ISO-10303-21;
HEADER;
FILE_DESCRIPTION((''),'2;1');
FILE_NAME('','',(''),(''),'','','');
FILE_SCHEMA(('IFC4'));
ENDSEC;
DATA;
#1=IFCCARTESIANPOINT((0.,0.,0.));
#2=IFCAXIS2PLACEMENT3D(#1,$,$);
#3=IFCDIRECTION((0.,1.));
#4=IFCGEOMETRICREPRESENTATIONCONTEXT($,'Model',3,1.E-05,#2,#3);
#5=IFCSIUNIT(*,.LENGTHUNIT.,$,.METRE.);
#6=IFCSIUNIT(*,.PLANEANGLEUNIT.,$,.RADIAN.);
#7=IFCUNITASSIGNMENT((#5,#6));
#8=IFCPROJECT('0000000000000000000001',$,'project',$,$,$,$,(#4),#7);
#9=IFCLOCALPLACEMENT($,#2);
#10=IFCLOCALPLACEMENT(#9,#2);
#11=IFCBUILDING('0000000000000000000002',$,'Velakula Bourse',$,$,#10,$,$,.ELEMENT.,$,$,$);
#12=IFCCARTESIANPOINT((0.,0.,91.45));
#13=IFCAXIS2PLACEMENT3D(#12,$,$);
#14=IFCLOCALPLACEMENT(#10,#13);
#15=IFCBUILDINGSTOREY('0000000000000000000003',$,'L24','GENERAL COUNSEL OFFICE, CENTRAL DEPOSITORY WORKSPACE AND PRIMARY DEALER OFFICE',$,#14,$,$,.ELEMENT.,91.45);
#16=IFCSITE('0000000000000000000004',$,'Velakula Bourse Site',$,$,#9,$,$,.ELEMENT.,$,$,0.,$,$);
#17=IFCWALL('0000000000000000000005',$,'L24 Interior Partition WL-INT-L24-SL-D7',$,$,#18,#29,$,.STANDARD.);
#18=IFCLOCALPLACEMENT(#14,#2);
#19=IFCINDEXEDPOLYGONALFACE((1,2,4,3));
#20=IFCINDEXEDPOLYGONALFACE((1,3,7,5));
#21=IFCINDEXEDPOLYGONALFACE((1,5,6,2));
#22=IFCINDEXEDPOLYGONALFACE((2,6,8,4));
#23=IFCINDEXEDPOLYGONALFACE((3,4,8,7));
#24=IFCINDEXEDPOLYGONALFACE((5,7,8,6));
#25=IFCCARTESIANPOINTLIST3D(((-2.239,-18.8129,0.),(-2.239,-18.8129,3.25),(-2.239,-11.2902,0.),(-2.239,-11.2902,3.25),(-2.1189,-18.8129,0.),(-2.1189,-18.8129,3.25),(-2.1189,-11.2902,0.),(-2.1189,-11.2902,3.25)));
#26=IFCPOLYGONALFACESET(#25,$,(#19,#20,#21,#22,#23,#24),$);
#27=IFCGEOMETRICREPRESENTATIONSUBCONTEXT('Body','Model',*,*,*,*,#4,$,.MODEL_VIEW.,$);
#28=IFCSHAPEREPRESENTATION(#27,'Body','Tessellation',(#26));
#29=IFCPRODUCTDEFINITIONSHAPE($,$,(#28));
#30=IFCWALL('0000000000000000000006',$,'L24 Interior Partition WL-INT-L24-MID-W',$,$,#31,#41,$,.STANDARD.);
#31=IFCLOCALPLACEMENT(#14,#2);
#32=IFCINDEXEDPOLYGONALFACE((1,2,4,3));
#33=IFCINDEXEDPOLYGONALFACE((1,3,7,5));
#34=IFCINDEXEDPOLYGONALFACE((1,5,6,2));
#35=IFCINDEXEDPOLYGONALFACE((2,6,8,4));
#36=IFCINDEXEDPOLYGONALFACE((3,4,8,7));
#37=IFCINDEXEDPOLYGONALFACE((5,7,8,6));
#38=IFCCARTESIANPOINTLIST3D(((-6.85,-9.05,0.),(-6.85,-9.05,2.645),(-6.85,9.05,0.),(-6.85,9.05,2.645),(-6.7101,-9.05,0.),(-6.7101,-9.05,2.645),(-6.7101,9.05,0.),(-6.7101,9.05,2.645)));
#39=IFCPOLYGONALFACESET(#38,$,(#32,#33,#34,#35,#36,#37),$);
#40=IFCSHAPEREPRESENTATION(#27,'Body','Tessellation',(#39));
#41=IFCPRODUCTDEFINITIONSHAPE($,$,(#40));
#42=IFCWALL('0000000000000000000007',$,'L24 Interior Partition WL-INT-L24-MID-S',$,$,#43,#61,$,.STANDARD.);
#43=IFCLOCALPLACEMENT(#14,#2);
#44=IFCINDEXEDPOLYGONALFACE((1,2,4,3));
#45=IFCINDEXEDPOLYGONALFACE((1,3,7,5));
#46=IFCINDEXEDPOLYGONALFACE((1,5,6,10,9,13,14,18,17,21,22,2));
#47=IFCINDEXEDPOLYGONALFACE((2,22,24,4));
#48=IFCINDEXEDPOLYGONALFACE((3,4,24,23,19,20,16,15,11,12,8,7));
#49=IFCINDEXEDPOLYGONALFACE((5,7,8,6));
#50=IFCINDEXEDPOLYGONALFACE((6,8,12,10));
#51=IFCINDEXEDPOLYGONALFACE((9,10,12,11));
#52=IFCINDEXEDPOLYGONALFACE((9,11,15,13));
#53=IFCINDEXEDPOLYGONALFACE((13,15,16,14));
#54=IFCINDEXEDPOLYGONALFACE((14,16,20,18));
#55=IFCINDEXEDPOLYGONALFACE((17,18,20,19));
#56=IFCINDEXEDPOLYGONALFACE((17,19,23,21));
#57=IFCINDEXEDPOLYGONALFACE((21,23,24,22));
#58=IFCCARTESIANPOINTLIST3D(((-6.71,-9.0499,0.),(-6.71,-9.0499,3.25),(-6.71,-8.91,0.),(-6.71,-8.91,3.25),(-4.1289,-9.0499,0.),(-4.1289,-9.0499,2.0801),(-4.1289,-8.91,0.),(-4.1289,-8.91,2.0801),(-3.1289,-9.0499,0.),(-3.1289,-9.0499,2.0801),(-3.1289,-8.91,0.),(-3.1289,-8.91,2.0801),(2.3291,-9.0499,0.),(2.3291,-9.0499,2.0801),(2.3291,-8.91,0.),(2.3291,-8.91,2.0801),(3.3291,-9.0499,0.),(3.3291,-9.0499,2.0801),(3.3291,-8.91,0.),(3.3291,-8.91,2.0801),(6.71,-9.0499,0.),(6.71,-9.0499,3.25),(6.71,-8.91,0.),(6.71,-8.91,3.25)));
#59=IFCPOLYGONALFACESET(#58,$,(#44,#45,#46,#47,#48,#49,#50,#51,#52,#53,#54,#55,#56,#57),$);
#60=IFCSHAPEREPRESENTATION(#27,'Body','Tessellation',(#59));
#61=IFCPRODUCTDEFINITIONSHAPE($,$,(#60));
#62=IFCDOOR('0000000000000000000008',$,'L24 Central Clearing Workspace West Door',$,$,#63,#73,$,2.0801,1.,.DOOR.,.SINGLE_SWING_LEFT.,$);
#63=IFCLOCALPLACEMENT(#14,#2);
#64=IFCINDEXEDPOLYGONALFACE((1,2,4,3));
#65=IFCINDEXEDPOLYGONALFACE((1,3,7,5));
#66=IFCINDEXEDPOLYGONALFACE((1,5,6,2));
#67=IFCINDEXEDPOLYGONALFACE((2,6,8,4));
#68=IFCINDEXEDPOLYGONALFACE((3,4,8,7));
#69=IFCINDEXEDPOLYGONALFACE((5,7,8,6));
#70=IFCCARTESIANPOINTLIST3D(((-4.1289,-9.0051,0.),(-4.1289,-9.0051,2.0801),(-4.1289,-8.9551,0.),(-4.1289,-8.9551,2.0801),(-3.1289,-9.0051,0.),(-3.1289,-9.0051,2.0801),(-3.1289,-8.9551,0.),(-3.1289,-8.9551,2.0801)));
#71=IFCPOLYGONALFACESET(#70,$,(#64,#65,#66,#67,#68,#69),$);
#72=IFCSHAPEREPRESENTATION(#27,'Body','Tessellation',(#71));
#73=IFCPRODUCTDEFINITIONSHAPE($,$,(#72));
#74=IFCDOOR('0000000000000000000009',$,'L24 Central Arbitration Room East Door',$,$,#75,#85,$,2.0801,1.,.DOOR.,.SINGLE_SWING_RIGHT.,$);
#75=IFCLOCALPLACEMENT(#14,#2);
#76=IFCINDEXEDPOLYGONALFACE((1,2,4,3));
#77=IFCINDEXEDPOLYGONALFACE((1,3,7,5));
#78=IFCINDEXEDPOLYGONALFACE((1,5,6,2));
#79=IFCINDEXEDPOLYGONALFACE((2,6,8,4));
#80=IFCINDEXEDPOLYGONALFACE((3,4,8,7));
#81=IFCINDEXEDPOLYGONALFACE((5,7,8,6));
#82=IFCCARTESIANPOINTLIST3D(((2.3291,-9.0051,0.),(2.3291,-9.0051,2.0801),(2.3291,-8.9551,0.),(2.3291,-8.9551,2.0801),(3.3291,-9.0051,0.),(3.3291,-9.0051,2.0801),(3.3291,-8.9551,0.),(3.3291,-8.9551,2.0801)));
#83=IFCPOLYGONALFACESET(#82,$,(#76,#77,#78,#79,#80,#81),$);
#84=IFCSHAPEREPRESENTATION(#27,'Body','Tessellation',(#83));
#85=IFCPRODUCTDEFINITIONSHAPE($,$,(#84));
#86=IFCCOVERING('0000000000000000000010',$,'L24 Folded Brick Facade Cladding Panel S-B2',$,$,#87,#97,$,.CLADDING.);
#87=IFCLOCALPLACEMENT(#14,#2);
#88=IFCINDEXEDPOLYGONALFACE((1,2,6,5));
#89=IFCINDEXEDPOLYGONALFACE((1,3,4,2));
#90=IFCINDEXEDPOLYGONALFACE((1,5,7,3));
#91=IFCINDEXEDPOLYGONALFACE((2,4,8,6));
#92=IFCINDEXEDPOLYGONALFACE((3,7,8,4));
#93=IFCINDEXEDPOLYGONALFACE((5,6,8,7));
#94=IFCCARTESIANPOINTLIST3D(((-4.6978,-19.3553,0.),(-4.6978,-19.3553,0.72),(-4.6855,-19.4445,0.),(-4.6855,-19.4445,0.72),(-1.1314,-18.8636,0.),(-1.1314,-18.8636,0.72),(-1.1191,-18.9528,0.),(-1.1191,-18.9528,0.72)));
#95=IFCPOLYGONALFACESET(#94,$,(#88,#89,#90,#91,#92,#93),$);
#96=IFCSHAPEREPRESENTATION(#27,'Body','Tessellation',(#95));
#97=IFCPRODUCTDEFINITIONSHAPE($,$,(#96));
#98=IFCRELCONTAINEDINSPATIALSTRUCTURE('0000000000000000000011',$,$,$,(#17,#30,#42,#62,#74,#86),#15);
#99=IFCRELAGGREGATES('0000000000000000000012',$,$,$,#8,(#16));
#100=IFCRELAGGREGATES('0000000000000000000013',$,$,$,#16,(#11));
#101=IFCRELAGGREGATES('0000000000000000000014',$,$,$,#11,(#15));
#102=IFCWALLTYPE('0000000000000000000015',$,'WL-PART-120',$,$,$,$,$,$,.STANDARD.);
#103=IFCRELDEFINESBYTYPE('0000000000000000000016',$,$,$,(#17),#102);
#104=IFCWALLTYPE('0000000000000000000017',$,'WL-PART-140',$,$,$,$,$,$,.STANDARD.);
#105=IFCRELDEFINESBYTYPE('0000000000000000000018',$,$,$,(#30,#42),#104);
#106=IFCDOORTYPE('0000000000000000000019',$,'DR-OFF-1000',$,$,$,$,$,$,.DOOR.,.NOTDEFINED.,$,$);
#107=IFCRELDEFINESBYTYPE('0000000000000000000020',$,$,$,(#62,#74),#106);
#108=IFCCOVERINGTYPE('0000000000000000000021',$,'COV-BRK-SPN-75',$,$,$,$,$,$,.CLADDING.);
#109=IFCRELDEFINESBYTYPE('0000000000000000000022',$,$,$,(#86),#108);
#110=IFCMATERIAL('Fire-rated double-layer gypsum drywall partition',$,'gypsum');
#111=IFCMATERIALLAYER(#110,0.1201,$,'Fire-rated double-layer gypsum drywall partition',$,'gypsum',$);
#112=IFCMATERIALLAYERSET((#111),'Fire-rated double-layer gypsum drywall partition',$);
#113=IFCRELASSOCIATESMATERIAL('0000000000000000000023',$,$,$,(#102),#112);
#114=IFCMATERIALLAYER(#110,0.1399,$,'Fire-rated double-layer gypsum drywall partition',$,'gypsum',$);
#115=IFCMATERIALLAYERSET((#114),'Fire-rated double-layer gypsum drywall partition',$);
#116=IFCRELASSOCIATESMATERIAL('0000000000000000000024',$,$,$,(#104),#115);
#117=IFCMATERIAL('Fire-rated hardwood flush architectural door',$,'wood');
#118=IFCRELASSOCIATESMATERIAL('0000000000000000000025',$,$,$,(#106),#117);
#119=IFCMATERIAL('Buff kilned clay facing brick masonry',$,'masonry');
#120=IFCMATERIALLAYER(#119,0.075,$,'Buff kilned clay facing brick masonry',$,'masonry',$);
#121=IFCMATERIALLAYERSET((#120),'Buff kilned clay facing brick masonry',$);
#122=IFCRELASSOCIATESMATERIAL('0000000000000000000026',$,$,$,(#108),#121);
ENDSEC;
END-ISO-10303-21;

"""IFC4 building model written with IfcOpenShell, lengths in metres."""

from ifc_helpers import new_model, si_unit, direction, frame, frame_2d, origin, origin_2d, place, context, subcontext, project, spatial, rectangle, extrude, material, layer, layer_set, type_object, element, fill, save


model = new_model("IFC4")

# Units and contexts
model_context = context("Model", 3, precision=1e-05, world=origin(), true_north=direction((0.0, 1.0)))
body_context = subcontext(model_context, "Body", "Model", "MODEL_VIEW")
ifc_project = project(units=[si_unit("LENGTHUNIT", "METRE"), si_unit("PLANEANGLEUNIT", "RADIAN")], contexts=[model_context])

# Site, building, storey
site_placement = place(None, origin())
site = spatial("IfcSite", under=ifc_project, at=site_placement, Name="Velakula Bourse Site", CompositionType="ELEMENT", RefElevation=0.0)
building_placement = place(site_placement, origin())
building = spatial("IfcBuilding", under=site, at=building_placement, Name="Velakula Bourse", CompositionType="ELEMENT")
storey_placement = place(building_placement, frame((0.0, 0.0, 91.45)))
storey = spatial("IfcBuildingStorey", under=building, at=storey_placement, Name="L24", Description="GENERAL COUNSEL OFFICE, CENTRAL DEPOSITORY WORKSPACE AND PRIMARY DEALER OFFICE", CompositionType="ELEMENT", Elevation=91.45)

# Walls
ifc_material_1 = material(Name="Fire-rated double-layer gypsum drywall partition", Category="gypsum")
ifc_layer_1 = layer(ifc_material_1, 0.1201, Name="Fire-rated double-layer gypsum drywall partition", Category="gypsum")
ifc_layer_set_1 = layer_set([ifc_layer_1], Name="Fire-rated double-layer gypsum drywall partition")
wall_type_1 = type_object("IfcWallType", Name="WL-PART-120", PredefinedType="STANDARD", material=ifc_layer_set_1)
wall_1_placement = place(storey_placement, frame((-2.179, -18.8127, 0.0), z_axis=(0.0, 0.0, 1.0), x_axis=(0.0, 1.0, 0.0)))
element("IfcWall", 1, at=wall_1_placement, inside=storey, type_object=wall_type_1, Name="L24 Interior Partition WL-INT-L24-SL-D7", PredefinedType="STANDARD", context=body_context, shape_type="SweptSolid", body=[
    extrude(rectangle(XDim=7.5227, YDim=0.1201, at=frame_2d((3.7612, 0.0))), origin(), (0.0, 0.0, 1.0), 3.25),
])
ifc_layer_2 = layer(ifc_material_1, 0.1399, Name="Fire-rated double-layer gypsum drywall partition", Category="gypsum")
ifc_layer_set_2 = layer_set([ifc_layer_2], Name="Fire-rated double-layer gypsum drywall partition")
wall_type_2 = type_object("IfcWallType", Name="WL-PART-140", PredefinedType="STANDARD", material=ifc_layer_set_2)
wall_2_placement = place(storey_placement, frame((-6.78, -9.05, 0.0), z_axis=(0.0, 0.0, 1.0), x_axis=(0.0, 1.0, 0.0)))
element("IfcWall", 2, at=wall_2_placement, inside=storey, type_object=wall_type_2, Name="L24 Interior Partition WL-INT-L24-MID-W", PredefinedType="STANDARD", context=body_context, shape_type="SweptSolid", body=[
    extrude(rectangle(XDim=18.1001, YDim=0.1399, at=frame_2d((9.05, 0.0))), origin(), (0.0, 0.0, 1.0), 2.645),
])

# Wall, openings, doors
wall_3_placement = place(storey_placement, frame((-6.71, -8.98, 0.0), z_axis=(0.0, 0.0, 1.0), x_axis=(1.0, 0.0, 0.0)))
wall_3 = element("IfcWall", 3, at=wall_3_placement, inside=storey, type_object=wall_type_2, Name="L24 Interior Partition WL-INT-L24-MID-S", PredefinedType="STANDARD", context=body_context, shape_type="SweptSolid", body=[
    extrude(rectangle(XDim=13.4199, YDim=0.1399, at=frame_2d((6.71, 0.0))), origin(), (0.0, 0.0, 1.0), 3.25),
])
opening_1_placement = place(wall_3_placement, frame((2.5811, 0.0, 0.0)))
opening_1 = element("IfcOpeningElement", 4, at=opening_1_placement, cuts=wall_3, PredefinedType="OPENING", context=body_context, shape_type="SweptSolid", body=[
    extrude(rectangle(XDim=1.0, YDim=2.0801, at=frame_2d((0.5, 1.04))), frame((0.0, 0.0798, 0.0), z_axis=(0.0, -1.0, 0.0), x_axis=(1.0, 0.0, 0.0)), (0.0, 0.0, 1.0), 0.1599),
])
opening_2_placement = place(wall_3_placement, frame((9.0391, 0.0, 0.0)))
opening_2 = element("IfcOpeningElement", 5, at=opening_2_placement, cuts=wall_3, PredefinedType="OPENING", context=body_context, shape_type="SweptSolid", body=[
    extrude(rectangle(XDim=1.0, YDim=2.0801, at=frame_2d((0.5, 1.04))), frame((0.0, 0.0798, 0.0), z_axis=(0.0, -1.0, 0.0), x_axis=(1.0, 0.0, 0.0)), (0.0, 0.0, 1.0), 0.1599),
])
ifc_material_2 = material(Name="Fire-rated hardwood flush architectural door", Category="wood")
door_type = type_object("IfcDoorType", Name="DR-OFF-1000", OperationType="NOTDEFINED", PredefinedType="DOOR", material=ifc_material_2)
door_1_placement = place(opening_1_placement, origin())
door_1 = element("IfcDoor", 6, at=door_1_placement, inside=storey, type_object=door_type, Name="L24 Central Clearing Workspace West Door", OperationType="SINGLE_SWING_LEFT", OverallHeight=2.0801, OverallWidth=1.0, PredefinedType="DOOR", context=body_context, shape_type="SweptSolid", body=[
    extrude(rectangle(XDim=1.0, YDim=2.0801, at=frame_2d((0.5, 1.04))), frame((0.0, 0.0249, 0.0), z_axis=(0.0, -1.0, 0.0), x_axis=(1.0, 0.0, 0.0)), (0.0, 0.0, 1.0), 0.05),
])
fill(opening_1, door_1)
door_2_placement = place(opening_2_placement, origin())
door_2 = element("IfcDoor", 7, at=door_2_placement, inside=storey, type_object=door_type, Name="L24 Central Arbitration Room East Door", OperationType="SINGLE_SWING_RIGHT", OverallHeight=2.0801, OverallWidth=1.0, PredefinedType="DOOR", context=body_context, shape_type="SweptSolid", body=[
    extrude(rectangle(XDim=1.0, YDim=2.0801, at=frame_2d((0.5, 1.04))), frame((0.0, 0.0249, 0.0), z_axis=(0.0, -1.0, 0.0), x_axis=(1.0, 0.0, 0.0)), (0.0, 0.0, 1.0), 0.05),
])
fill(opening_2, door_2)

# Covering
ifc_material_3 = material(Name="Buff kilned clay facing brick masonry", Category="masonry")
ifc_layer_3 = layer(ifc_material_3, 0.075, Name="Buff kilned clay facing brick masonry", Category="masonry")
ifc_layer_set_3 = layer_set([ifc_layer_3], Name="Buff kilned clay facing brick masonry")
covering_type = type_object("IfcCoveringType", Name="COV-BRK-SPN-75", PredefinedType="CLADDING", material=ifc_layer_set_3)
covering_placement = place(storey_placement, frame((-2.9084, -19.1541, 0.0), z_axis=(0.0, 0.0, 1.0), x_axis=(0.990629, 0.13658, 0.0)))
element("IfcCovering", 8, at=covering_placement, inside=storey, type_object=covering_type, Name="L24 Folded Brick Facade Cladding Panel S-B2", PredefinedType="CLADDING", context=body_context, shape_type="SweptSolid", body=[
    extrude(rectangle(XDim=3.6001, YDim=0.0901, at=origin_2d()), origin(), (0.0, 0.0, 1.0), 0.72),
])

save(model, "model.ifc")
